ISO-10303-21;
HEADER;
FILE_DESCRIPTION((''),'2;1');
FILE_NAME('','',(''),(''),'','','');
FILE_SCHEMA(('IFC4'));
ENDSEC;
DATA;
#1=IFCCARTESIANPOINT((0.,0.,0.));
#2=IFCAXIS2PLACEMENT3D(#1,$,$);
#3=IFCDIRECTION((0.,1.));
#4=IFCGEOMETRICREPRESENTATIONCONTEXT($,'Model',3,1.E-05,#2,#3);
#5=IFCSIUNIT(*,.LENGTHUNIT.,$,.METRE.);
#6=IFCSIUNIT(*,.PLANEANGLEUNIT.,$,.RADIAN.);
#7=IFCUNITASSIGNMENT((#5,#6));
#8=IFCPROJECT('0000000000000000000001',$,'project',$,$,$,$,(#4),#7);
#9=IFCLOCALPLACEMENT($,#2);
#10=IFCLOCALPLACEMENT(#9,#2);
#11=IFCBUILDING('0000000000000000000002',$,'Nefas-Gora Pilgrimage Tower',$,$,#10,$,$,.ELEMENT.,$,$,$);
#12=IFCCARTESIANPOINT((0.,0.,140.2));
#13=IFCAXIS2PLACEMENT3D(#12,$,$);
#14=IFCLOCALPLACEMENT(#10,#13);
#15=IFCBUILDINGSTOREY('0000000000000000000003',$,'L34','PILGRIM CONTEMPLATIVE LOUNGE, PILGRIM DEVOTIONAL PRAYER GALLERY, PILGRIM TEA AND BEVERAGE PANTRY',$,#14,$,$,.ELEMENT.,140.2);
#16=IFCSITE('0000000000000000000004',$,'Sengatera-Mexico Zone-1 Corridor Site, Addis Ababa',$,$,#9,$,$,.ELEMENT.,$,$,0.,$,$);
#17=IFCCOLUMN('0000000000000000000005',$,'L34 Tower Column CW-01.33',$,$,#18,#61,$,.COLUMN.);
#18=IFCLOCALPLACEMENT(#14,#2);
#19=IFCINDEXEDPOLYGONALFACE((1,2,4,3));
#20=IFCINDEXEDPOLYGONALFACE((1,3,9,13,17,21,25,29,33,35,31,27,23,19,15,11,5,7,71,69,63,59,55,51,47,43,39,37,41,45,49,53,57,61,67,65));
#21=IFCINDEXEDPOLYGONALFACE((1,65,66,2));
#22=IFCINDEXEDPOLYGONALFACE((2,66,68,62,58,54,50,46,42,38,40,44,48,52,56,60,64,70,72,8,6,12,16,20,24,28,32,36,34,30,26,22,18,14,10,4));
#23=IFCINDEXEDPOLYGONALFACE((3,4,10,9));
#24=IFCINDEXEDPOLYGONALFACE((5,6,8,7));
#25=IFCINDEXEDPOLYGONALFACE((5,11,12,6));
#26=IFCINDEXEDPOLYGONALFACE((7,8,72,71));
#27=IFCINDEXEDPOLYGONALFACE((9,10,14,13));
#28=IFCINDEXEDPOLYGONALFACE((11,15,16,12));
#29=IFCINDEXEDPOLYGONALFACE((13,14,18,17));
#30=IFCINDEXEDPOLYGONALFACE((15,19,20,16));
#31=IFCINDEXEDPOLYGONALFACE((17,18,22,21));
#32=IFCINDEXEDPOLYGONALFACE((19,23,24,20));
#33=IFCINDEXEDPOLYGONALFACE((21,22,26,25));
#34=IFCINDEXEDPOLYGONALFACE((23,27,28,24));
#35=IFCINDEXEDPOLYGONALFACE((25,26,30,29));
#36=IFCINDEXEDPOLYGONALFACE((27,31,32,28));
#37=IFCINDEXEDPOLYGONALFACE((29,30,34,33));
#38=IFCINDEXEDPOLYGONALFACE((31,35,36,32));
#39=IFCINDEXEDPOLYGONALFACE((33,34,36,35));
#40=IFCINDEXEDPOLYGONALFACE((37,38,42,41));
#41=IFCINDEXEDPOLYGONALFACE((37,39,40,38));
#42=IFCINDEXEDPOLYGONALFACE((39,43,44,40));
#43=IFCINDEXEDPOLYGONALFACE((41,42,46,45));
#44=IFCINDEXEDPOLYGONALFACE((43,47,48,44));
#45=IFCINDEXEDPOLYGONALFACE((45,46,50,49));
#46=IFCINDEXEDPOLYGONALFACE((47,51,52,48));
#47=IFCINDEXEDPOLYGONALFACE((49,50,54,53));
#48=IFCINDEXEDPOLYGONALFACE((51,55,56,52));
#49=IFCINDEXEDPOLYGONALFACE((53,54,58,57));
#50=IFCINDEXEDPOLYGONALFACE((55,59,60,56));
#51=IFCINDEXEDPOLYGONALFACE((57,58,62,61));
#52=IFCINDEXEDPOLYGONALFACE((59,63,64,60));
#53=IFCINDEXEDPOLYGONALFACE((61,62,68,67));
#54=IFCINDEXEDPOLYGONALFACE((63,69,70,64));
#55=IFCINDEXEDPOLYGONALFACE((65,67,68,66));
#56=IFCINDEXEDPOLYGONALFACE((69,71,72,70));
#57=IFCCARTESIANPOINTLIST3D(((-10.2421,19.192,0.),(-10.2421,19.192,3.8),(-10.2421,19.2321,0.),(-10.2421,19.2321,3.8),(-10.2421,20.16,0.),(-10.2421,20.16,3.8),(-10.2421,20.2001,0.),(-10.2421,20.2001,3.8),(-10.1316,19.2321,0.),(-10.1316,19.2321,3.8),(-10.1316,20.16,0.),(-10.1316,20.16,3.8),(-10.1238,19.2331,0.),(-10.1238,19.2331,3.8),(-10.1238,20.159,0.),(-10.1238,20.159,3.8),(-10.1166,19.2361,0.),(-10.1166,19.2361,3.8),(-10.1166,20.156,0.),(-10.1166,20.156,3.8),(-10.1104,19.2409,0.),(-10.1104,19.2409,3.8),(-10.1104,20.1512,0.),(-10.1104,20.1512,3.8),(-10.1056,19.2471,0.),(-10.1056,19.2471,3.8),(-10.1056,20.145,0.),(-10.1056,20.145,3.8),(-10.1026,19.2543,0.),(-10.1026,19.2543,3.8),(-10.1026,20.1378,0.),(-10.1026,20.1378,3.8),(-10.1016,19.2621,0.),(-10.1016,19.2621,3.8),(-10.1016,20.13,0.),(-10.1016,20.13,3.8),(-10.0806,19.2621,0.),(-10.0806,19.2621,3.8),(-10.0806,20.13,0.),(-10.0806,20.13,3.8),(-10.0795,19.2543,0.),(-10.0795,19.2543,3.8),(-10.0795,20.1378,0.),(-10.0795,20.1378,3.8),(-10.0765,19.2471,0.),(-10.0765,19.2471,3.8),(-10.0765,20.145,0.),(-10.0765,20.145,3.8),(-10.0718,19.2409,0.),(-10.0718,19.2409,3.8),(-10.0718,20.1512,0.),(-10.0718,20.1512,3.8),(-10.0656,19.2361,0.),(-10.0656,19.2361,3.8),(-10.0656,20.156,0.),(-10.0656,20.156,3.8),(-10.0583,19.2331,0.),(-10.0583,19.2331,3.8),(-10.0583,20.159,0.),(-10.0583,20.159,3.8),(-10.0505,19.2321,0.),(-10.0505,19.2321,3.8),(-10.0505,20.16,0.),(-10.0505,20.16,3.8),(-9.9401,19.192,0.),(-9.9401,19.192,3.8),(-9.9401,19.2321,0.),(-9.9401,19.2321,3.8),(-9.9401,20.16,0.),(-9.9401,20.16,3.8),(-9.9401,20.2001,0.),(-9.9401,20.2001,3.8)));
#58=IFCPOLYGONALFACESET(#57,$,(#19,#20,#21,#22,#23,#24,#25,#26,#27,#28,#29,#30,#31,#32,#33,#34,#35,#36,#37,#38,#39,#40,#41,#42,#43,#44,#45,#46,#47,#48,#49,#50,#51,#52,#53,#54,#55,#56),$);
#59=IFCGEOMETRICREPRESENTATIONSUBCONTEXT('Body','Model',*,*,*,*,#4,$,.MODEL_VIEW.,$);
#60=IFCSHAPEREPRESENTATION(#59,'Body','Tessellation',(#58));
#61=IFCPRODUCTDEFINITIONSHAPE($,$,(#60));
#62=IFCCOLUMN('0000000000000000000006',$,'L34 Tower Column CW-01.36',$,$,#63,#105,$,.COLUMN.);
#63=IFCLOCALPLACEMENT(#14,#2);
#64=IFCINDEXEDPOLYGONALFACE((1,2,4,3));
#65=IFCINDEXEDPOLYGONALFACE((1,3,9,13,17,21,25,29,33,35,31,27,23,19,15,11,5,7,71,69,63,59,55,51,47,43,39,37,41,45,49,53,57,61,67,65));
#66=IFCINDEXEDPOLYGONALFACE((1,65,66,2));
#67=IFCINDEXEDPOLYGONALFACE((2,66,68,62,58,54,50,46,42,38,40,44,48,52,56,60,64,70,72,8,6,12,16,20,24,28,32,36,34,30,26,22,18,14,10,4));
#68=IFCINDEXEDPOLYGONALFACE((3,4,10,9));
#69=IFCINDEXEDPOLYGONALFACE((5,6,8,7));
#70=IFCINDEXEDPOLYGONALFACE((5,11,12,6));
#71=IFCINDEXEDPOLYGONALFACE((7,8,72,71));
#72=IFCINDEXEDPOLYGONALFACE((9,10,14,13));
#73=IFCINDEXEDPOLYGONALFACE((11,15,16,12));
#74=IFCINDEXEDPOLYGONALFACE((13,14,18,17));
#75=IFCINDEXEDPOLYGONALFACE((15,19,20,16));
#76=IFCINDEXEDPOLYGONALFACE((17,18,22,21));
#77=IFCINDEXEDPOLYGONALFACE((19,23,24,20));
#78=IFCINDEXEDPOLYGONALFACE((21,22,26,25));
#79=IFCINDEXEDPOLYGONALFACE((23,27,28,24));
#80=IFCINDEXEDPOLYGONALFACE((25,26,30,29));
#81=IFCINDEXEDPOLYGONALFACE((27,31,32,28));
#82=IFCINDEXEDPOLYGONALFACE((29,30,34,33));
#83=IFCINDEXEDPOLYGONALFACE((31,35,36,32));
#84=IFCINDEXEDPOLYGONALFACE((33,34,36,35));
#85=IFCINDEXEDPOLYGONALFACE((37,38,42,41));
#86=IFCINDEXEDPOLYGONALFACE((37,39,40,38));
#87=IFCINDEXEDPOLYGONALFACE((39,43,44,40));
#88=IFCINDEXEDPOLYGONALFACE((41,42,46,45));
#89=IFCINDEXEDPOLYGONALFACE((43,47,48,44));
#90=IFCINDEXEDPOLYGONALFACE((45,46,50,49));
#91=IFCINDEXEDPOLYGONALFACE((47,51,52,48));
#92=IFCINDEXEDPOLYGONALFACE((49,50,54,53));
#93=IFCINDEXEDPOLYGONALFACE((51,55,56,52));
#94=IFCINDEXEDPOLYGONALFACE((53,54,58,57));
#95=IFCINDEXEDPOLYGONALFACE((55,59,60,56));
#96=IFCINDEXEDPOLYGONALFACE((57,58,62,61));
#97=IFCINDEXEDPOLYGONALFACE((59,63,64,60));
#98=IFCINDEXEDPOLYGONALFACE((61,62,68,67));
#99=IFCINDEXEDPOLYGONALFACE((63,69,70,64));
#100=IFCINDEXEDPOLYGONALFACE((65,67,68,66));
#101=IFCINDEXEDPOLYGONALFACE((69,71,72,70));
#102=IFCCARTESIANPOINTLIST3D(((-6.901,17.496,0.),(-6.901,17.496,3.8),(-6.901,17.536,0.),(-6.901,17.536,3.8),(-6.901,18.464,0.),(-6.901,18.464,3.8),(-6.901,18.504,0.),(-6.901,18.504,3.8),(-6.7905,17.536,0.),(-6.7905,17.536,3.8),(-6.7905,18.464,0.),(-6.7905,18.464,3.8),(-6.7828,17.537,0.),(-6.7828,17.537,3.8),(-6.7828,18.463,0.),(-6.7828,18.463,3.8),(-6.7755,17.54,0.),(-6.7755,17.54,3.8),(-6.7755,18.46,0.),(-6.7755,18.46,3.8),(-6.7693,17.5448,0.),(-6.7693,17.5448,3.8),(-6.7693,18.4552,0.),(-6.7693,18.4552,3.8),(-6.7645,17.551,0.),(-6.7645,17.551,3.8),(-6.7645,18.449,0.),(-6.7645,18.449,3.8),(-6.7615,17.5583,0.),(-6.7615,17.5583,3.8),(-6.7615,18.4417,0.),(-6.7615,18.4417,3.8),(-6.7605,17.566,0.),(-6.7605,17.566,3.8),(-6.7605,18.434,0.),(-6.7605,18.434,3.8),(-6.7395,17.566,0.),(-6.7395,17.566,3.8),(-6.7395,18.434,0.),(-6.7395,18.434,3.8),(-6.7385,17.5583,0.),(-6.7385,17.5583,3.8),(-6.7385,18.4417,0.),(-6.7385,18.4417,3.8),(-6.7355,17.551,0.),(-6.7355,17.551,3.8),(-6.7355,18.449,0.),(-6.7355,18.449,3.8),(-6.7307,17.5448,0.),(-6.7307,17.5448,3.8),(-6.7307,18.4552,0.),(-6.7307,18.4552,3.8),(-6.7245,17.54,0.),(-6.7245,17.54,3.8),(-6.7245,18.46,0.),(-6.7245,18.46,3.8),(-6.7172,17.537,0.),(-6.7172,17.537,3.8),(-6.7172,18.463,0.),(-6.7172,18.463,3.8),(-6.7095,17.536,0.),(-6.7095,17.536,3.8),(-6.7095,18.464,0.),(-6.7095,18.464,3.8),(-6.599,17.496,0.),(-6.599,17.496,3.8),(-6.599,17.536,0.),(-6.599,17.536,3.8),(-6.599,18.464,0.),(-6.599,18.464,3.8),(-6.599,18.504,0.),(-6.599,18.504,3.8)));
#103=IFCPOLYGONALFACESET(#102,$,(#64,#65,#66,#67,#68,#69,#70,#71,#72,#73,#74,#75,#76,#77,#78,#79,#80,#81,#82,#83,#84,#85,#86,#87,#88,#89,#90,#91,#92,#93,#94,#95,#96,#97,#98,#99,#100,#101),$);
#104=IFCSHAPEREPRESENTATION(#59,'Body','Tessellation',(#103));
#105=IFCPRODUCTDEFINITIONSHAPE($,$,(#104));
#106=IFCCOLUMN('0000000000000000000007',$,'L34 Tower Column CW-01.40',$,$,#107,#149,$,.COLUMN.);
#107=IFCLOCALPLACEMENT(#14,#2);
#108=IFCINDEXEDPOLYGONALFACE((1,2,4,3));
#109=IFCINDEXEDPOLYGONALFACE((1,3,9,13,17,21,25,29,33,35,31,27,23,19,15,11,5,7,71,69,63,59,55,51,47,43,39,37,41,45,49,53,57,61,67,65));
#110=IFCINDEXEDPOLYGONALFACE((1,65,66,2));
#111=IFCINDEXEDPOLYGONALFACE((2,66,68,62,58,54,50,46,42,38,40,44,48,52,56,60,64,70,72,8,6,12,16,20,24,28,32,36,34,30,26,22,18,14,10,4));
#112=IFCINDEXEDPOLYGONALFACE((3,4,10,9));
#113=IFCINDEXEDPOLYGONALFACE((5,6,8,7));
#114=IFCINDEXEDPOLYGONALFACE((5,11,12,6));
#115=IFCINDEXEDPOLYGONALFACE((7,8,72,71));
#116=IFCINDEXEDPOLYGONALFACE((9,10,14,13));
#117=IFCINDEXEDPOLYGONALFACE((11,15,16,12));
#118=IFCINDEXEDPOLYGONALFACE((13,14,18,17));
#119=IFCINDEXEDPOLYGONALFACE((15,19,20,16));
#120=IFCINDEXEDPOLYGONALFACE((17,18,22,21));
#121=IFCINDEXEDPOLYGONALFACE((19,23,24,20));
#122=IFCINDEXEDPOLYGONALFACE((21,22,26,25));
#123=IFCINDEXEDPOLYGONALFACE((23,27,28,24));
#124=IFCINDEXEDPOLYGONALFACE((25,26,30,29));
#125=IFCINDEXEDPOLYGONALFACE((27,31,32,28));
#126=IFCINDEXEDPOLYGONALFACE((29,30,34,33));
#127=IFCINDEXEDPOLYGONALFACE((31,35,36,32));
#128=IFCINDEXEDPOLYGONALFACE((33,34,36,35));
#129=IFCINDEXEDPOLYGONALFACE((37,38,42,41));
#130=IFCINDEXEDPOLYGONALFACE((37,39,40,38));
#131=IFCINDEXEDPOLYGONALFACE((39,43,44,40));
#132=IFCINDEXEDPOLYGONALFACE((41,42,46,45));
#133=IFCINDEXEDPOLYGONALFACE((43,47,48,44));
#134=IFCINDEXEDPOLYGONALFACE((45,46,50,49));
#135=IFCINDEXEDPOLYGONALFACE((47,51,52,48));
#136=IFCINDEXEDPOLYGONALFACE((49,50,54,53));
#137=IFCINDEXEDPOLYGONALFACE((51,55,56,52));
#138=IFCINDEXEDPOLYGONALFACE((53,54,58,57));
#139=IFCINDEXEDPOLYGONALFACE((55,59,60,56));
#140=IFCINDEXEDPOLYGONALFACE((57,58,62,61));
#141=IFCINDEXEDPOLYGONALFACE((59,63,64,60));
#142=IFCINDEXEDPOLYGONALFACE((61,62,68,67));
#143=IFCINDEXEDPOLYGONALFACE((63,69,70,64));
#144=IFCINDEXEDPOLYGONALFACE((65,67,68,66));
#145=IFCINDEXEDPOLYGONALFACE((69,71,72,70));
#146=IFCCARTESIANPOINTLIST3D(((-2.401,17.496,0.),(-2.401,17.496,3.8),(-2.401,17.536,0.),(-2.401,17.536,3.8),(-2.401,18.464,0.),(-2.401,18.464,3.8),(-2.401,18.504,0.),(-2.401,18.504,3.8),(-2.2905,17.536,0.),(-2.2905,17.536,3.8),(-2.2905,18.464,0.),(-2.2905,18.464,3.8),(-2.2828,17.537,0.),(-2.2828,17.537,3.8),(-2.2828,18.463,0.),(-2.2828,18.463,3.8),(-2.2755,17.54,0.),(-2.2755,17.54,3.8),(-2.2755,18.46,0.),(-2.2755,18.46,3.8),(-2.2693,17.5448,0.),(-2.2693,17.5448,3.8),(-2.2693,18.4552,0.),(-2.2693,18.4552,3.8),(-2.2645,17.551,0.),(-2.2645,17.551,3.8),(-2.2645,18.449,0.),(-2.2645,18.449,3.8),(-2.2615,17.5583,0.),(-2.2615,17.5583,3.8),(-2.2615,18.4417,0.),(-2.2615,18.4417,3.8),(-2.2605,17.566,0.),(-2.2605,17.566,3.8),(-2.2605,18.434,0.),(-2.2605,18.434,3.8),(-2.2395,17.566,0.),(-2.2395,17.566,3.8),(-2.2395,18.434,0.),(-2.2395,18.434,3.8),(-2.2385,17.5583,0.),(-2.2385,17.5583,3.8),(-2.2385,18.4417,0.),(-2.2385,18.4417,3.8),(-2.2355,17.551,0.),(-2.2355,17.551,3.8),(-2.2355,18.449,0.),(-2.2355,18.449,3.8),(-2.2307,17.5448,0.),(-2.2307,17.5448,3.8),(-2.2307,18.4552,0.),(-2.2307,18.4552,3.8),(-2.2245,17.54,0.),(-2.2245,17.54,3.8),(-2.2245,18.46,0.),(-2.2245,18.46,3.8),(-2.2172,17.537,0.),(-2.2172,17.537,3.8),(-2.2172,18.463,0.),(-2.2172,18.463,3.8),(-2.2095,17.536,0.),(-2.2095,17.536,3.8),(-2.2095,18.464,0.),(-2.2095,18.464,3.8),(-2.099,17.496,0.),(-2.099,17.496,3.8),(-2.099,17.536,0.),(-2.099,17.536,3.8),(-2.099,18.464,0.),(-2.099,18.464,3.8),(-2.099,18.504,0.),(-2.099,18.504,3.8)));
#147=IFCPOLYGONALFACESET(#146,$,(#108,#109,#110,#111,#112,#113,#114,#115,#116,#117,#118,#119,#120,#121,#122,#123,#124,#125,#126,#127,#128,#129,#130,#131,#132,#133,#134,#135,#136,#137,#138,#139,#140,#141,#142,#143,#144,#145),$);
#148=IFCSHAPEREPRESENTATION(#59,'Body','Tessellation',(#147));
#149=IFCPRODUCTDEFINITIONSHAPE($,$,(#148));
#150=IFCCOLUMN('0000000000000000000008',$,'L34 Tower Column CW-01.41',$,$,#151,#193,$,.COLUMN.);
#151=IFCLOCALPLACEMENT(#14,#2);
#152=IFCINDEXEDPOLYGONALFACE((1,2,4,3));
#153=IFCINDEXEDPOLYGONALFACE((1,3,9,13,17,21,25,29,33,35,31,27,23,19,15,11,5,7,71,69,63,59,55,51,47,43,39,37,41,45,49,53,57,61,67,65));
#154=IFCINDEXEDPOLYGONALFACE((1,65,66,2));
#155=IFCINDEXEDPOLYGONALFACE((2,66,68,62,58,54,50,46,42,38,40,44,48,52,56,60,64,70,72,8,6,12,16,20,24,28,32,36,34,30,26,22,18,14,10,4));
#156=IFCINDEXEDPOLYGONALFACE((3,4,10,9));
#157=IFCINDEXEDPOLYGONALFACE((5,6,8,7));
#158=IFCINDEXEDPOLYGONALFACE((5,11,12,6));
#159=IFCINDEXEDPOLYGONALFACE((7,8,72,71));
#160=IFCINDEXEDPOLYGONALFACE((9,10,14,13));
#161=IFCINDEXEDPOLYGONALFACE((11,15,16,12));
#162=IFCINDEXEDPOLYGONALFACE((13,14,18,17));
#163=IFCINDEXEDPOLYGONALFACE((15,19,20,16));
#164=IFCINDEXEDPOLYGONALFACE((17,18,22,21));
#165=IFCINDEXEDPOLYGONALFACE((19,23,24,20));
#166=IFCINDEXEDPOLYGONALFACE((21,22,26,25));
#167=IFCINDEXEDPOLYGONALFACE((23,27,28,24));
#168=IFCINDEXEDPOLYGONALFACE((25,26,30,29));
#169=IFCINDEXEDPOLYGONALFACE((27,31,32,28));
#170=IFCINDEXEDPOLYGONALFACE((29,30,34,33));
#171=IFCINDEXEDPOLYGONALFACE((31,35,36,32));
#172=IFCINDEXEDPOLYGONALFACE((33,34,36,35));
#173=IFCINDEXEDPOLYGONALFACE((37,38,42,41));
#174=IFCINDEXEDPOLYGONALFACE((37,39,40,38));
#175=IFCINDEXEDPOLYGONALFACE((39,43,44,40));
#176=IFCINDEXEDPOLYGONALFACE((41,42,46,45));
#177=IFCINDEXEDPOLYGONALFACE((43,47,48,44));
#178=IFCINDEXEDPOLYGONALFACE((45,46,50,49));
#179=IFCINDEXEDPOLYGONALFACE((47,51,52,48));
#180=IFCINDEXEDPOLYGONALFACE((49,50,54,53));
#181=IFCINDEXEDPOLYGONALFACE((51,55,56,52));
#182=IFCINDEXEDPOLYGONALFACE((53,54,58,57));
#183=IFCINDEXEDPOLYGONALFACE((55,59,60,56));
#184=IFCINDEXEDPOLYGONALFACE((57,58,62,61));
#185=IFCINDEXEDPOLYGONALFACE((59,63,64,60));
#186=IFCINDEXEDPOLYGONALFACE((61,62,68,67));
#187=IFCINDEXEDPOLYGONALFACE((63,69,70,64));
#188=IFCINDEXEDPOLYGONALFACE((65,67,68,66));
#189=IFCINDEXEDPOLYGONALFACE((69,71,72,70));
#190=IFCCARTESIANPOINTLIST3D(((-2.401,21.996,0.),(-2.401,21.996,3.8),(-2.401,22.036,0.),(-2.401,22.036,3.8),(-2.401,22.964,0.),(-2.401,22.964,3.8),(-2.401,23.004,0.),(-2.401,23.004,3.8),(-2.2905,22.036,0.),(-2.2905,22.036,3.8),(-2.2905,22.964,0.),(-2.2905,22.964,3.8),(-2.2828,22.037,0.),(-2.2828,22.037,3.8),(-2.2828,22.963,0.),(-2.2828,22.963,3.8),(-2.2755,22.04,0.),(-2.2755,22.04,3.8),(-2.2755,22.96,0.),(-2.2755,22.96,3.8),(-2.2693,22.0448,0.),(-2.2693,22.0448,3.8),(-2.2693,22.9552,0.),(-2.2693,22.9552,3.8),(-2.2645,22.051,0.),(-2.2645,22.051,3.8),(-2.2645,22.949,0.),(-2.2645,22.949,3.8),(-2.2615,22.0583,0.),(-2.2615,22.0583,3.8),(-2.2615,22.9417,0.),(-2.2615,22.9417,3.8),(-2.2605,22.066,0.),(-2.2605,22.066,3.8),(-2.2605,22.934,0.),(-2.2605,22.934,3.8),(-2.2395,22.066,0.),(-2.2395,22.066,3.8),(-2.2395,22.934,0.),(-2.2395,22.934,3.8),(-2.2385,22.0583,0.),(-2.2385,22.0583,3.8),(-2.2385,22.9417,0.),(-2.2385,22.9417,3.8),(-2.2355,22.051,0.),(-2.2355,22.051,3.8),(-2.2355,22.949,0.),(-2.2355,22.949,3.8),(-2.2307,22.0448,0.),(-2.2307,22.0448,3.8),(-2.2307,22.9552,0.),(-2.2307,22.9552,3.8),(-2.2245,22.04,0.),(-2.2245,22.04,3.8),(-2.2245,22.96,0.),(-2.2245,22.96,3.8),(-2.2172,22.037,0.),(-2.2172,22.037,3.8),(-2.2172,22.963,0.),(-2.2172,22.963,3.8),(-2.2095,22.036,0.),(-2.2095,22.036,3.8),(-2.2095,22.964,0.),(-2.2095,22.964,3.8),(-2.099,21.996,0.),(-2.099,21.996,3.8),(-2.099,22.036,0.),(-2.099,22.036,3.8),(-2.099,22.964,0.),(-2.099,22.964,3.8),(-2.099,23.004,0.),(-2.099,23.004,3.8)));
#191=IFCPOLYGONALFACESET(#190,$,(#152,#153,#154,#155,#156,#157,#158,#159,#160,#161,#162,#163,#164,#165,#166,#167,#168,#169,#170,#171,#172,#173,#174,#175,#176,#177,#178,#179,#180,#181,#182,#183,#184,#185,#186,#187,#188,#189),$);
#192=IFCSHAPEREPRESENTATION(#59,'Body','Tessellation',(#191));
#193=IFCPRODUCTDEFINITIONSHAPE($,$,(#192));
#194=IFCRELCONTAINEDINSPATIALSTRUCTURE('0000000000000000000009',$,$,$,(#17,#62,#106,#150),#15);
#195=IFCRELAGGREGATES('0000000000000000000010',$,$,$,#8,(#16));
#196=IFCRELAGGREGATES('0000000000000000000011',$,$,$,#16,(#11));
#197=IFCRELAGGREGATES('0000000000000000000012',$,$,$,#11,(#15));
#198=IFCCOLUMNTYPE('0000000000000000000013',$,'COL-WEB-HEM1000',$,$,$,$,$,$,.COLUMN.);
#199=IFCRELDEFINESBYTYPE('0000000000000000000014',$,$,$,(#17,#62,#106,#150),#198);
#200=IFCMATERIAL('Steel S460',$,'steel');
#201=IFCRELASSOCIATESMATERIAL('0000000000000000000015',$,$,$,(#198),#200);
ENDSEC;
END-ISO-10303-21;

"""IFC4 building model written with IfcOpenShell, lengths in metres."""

from ifc_helpers import new_model, si_unit, direction, frame, origin, origin_2d, place, context, subcontext, project, spatial, i_section, extrude, source, transform, mapped, material, material_profile, profile_set, type_object, element, save


model = new_model("IFC4")

# Units and contexts
model_context = context("Model", 3, precision=1e-05, world=origin(), true_north=direction((0.0, 1.0)))
body_context = subcontext(model_context, "Body", "Model", "MODEL_VIEW")
ifc_project = project(units=[si_unit("LENGTHUNIT", "METRE"), si_unit("PLANEANGLEUNIT", "RADIAN")], contexts=[model_context])

# Site, building, storey
site_placement = place(None, origin())
site = spatial("IfcSite", under=ifc_project, at=site_placement, Name="Sengatera-Mexico Zone-1 Corridor Site, Addis Ababa", CompositionType="ELEMENT", RefElevation=0.0)
building_placement = place(site_placement, origin())
building = spatial("IfcBuilding", under=site, at=building_placement, Name="Nefas-Gora Pilgrimage Tower", CompositionType="ELEMENT")
storey_placement = place(building_placement, frame((0.0, 0.0, 140.2)))
storey = spatial("IfcBuildingStorey", under=building, at=storey_placement, Name="L34", Description="PILGRIM CONTEMPLATIVE LOUNGE, PILGRIM DEVOTIONAL PRAYER GALLERY, PILGRIM TEA AND BEVERAGE PANTRY", CompositionType="ELEMENT", Elevation=140.2)

# Columns
ifc_material_1 = material(Name="Steel S460", Category="steel")
ifc_material_profile_1 = material_profile(ifc_material_1, i_section(OverallWidth=0.302, OverallDepth=1.0081, WebThickness=0.021, FlangeThickness=0.04, FilletRadius=0.03, at=origin_2d()), Name="HEM 1000")
ifc_profile_set_1 = profile_set([ifc_material_profile_1], Name="Steel S460")
column_type_1 = type_object("IfcColumnType", Name="COL-WEB-HEM1000", PredefinedType="COLUMN", material=ifc_profile_set_1)
shared_shape_1 = source(origin(), body_context, "Body", "SweptSolid", [
    extrude(i_section(OverallWidth=0.302, OverallDepth=1.0081, WebThickness=0.021, FlangeThickness=0.04, FilletRadius=0.03, at=origin_2d()), origin(), (0.0, 0.0, 1.0), 3.8),
])
for number, where, z_axis, x_axis, name in (
    (1, (-10.0911, 19.696, 0.0), (0.0, 0.0, 1.0), (1.0, 0.0, 0.0), "L34 Tower Column CW-01.33"),
    (2, (-6.75, 18.0, 0.0), (0.0, 0.0, 1.0), (1.0, 0.0, 0.0), "L34 Tower Column CW-01.36"),
    (3, (-2.25, 18.0, 0.0), (0.0, 0.0, 1.0), (1.0, 0.0, 0.0), "L34 Tower Column CW-01.40"),
    (4, (-2.25, 22.5, 0.0), (0.0, 0.0, 1.0), (1.0, 0.0, 0.0), "L34 Tower Column CW-01.41"),
):
    element("IfcColumn", number, at=place(storey_placement, frame(where, z_axis=z_axis, x_axis=x_axis)), inside=storey, type_object=column_type_1, Name=name, PredefinedType="COLUMN", context=body_context, shape_type="MappedRepresentation", body=[
        mapped(shared_shape_1, transform((0.0, 0.0, 0.0), x_axis=(1.0, 0.0, 0.0), y_axis=(0.0, 1.0, 0.0), z_axis=(0.0, 0.0, 1.0), scale=1.0)),
    ])

save(model, "model.ifc")
